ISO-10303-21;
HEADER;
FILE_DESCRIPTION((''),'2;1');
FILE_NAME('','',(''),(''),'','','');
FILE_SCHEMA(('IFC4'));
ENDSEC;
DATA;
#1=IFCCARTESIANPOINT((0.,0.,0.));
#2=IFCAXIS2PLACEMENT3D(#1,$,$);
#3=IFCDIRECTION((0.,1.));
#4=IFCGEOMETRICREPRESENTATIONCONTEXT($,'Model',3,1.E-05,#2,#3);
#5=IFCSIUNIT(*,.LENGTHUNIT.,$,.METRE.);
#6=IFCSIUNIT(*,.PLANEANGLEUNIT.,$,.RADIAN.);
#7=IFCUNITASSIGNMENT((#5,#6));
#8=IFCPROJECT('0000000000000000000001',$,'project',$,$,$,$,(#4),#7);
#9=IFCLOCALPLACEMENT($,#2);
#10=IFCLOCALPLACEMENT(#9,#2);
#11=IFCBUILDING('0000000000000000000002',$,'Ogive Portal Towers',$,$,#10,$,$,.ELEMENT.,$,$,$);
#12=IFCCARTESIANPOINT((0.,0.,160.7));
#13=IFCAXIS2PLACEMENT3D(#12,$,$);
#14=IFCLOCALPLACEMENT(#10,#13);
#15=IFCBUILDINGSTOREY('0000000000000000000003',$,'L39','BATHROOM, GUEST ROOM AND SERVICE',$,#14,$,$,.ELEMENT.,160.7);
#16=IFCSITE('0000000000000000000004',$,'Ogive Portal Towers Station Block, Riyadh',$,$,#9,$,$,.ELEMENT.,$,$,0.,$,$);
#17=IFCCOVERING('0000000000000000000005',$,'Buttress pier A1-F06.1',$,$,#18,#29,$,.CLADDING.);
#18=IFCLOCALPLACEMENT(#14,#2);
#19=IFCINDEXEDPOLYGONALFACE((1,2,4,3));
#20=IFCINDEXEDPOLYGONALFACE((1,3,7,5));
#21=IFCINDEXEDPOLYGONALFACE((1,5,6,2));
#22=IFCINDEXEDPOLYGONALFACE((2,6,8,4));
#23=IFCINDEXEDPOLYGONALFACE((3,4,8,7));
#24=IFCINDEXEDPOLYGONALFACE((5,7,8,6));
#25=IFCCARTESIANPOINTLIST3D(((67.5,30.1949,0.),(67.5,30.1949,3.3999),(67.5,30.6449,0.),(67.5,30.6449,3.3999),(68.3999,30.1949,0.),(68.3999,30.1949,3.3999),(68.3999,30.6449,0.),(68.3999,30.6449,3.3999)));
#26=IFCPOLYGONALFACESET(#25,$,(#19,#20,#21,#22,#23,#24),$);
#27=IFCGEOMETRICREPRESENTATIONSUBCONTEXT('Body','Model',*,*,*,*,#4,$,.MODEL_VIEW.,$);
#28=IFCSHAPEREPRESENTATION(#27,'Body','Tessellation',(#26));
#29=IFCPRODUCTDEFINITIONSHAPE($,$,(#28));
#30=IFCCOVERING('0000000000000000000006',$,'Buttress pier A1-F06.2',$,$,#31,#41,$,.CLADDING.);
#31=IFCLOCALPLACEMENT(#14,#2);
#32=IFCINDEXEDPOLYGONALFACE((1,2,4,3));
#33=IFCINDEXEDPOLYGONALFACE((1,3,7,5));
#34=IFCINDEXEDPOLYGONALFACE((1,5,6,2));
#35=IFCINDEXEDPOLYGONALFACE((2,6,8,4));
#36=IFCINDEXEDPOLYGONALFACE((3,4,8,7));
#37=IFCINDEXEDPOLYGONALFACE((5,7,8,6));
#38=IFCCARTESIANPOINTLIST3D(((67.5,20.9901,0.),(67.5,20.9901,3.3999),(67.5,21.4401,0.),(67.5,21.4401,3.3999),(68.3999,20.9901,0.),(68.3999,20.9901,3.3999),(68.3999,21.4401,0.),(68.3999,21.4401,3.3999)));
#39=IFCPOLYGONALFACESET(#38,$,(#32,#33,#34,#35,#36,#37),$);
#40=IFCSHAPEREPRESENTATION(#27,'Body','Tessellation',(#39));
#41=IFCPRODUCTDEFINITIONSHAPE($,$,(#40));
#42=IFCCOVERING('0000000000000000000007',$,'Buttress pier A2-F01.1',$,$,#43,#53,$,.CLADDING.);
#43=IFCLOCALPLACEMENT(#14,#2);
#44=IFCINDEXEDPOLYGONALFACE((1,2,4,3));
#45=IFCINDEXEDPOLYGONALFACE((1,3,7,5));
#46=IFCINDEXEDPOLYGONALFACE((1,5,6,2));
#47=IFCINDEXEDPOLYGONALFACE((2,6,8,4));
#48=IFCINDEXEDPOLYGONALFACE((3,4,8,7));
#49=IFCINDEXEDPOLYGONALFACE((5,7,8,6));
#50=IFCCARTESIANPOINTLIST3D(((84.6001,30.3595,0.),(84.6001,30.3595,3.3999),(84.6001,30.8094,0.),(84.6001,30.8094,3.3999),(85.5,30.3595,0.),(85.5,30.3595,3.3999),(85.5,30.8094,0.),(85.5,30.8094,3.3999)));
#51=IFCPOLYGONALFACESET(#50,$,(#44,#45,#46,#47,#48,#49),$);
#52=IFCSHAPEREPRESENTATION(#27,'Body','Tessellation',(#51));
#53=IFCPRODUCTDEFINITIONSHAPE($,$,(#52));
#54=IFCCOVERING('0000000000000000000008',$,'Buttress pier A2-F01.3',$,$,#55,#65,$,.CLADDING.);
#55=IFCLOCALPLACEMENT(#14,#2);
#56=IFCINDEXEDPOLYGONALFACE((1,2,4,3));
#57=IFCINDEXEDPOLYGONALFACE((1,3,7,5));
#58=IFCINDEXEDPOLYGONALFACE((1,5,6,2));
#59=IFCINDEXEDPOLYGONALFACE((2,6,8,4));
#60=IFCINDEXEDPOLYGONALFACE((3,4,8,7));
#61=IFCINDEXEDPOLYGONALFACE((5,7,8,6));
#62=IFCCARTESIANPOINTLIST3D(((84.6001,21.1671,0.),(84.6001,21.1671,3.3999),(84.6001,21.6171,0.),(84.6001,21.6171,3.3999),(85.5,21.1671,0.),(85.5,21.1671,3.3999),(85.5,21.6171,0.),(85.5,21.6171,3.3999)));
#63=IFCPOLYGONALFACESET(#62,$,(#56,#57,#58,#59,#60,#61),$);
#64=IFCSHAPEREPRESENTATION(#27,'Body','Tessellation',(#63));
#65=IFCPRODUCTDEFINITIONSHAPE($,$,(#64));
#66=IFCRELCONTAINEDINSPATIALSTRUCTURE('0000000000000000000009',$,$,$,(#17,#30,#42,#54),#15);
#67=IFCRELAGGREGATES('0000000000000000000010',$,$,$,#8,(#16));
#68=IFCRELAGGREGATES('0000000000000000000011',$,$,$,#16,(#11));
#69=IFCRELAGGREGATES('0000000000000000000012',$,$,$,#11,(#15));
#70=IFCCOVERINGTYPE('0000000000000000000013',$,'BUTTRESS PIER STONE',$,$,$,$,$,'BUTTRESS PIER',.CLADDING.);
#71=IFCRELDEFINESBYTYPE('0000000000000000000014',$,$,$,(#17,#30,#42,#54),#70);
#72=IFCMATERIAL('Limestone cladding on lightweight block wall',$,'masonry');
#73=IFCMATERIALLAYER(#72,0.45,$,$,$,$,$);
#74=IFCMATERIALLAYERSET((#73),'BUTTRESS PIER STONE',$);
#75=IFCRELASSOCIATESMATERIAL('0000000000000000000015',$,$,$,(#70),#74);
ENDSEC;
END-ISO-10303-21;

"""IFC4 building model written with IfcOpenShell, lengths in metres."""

from ifc_helpers import new_model, si_unit, direction, frame, origin, origin_2d, place, context, subcontext, project, spatial, rectangle, extrude, material, layer, layer_set, type_object, element, save


model = new_model("IFC4")

# Units and contexts
model_context = context("Model", 3, precision=1e-05, world=origin(), true_north=direction((0.0, 1.0)))
body_context = subcontext(model_context, "Body", "Model", "MODEL_VIEW")
ifc_project = project(units=[si_unit("LENGTHUNIT", "METRE"), si_unit("PLANEANGLEUNIT", "RADIAN")], contexts=[model_context])

# Site, building, storey
site_placement = place(None, origin())
site = spatial("IfcSite", under=ifc_project, at=site_placement, Name="Ogive Portal Towers Station Block, Riyadh", CompositionType="ELEMENT", RefElevation=0.0)
building_placement = place(site_placement, origin())
building = spatial("IfcBuilding", under=site, at=building_placement, Name="Ogive Portal Towers", CompositionType="ELEMENT")
storey_placement = place(building_placement, frame((0.0, 0.0, 160.7)))
storey = spatial("IfcBuildingStorey", under=building, at=storey_placement, Name="L39", Description="BATHROOM, GUEST ROOM AND SERVICE", CompositionType="ELEMENT", Elevation=160.7)

# Coverings
ifc_material_1 = material(Name="Limestone cladding on lightweight block wall", Category="masonry")
ifc_layer_1 = layer(ifc_material_1, 0.45)
ifc_layer_set_1 = layer_set([ifc_layer_1], Name="BUTTRESS PIER STONE")
covering_type = type_object("IfcCoveringType", Name="BUTTRESS PIER STONE", ElementType="BUTTRESS PIER", PredefinedType="CLADDING", material=ifc_layer_set_1)
for number, where, z_axis, x_axis, name in (
    (1, (67.95, 30.4199, 0.0), (0.0, 0.0, 1.0), (1.0, 0.0, 0.0), "Buttress pier A1-F06.1"),
    (2, (67.95, 21.2151, 0.0), (0.0, 0.0, 1.0), (1.0, 0.0, 0.0), "Buttress pier A1-F06.2"),
    (3, (85.05, 30.5845, 0.0), (0.0, 0.0, 1.0), (1.0, 0.0, 0.0), "Buttress pier A2-F01.1"),
    (4, (85.05, 21.3921, 0.0), (0.0, 0.0, 1.0), (1.0, 0.0, 0.0), "Buttress pier A2-F01.3"),
):
    element("IfcCovering", number, at=place(storey_placement, frame(where, z_axis=z_axis, x_axis=x_axis)), inside=storey, type_object=covering_type, Name=name, PredefinedType="CLADDING", context=body_context, shape_type="SweptSolid", body=[
        extrude(rectangle(XDim=0.8999, YDim=0.45, at=origin_2d()), origin(), (0.0, 0.0, 1.0), 3.3999),
    ])

save(model, "model.ifc")
